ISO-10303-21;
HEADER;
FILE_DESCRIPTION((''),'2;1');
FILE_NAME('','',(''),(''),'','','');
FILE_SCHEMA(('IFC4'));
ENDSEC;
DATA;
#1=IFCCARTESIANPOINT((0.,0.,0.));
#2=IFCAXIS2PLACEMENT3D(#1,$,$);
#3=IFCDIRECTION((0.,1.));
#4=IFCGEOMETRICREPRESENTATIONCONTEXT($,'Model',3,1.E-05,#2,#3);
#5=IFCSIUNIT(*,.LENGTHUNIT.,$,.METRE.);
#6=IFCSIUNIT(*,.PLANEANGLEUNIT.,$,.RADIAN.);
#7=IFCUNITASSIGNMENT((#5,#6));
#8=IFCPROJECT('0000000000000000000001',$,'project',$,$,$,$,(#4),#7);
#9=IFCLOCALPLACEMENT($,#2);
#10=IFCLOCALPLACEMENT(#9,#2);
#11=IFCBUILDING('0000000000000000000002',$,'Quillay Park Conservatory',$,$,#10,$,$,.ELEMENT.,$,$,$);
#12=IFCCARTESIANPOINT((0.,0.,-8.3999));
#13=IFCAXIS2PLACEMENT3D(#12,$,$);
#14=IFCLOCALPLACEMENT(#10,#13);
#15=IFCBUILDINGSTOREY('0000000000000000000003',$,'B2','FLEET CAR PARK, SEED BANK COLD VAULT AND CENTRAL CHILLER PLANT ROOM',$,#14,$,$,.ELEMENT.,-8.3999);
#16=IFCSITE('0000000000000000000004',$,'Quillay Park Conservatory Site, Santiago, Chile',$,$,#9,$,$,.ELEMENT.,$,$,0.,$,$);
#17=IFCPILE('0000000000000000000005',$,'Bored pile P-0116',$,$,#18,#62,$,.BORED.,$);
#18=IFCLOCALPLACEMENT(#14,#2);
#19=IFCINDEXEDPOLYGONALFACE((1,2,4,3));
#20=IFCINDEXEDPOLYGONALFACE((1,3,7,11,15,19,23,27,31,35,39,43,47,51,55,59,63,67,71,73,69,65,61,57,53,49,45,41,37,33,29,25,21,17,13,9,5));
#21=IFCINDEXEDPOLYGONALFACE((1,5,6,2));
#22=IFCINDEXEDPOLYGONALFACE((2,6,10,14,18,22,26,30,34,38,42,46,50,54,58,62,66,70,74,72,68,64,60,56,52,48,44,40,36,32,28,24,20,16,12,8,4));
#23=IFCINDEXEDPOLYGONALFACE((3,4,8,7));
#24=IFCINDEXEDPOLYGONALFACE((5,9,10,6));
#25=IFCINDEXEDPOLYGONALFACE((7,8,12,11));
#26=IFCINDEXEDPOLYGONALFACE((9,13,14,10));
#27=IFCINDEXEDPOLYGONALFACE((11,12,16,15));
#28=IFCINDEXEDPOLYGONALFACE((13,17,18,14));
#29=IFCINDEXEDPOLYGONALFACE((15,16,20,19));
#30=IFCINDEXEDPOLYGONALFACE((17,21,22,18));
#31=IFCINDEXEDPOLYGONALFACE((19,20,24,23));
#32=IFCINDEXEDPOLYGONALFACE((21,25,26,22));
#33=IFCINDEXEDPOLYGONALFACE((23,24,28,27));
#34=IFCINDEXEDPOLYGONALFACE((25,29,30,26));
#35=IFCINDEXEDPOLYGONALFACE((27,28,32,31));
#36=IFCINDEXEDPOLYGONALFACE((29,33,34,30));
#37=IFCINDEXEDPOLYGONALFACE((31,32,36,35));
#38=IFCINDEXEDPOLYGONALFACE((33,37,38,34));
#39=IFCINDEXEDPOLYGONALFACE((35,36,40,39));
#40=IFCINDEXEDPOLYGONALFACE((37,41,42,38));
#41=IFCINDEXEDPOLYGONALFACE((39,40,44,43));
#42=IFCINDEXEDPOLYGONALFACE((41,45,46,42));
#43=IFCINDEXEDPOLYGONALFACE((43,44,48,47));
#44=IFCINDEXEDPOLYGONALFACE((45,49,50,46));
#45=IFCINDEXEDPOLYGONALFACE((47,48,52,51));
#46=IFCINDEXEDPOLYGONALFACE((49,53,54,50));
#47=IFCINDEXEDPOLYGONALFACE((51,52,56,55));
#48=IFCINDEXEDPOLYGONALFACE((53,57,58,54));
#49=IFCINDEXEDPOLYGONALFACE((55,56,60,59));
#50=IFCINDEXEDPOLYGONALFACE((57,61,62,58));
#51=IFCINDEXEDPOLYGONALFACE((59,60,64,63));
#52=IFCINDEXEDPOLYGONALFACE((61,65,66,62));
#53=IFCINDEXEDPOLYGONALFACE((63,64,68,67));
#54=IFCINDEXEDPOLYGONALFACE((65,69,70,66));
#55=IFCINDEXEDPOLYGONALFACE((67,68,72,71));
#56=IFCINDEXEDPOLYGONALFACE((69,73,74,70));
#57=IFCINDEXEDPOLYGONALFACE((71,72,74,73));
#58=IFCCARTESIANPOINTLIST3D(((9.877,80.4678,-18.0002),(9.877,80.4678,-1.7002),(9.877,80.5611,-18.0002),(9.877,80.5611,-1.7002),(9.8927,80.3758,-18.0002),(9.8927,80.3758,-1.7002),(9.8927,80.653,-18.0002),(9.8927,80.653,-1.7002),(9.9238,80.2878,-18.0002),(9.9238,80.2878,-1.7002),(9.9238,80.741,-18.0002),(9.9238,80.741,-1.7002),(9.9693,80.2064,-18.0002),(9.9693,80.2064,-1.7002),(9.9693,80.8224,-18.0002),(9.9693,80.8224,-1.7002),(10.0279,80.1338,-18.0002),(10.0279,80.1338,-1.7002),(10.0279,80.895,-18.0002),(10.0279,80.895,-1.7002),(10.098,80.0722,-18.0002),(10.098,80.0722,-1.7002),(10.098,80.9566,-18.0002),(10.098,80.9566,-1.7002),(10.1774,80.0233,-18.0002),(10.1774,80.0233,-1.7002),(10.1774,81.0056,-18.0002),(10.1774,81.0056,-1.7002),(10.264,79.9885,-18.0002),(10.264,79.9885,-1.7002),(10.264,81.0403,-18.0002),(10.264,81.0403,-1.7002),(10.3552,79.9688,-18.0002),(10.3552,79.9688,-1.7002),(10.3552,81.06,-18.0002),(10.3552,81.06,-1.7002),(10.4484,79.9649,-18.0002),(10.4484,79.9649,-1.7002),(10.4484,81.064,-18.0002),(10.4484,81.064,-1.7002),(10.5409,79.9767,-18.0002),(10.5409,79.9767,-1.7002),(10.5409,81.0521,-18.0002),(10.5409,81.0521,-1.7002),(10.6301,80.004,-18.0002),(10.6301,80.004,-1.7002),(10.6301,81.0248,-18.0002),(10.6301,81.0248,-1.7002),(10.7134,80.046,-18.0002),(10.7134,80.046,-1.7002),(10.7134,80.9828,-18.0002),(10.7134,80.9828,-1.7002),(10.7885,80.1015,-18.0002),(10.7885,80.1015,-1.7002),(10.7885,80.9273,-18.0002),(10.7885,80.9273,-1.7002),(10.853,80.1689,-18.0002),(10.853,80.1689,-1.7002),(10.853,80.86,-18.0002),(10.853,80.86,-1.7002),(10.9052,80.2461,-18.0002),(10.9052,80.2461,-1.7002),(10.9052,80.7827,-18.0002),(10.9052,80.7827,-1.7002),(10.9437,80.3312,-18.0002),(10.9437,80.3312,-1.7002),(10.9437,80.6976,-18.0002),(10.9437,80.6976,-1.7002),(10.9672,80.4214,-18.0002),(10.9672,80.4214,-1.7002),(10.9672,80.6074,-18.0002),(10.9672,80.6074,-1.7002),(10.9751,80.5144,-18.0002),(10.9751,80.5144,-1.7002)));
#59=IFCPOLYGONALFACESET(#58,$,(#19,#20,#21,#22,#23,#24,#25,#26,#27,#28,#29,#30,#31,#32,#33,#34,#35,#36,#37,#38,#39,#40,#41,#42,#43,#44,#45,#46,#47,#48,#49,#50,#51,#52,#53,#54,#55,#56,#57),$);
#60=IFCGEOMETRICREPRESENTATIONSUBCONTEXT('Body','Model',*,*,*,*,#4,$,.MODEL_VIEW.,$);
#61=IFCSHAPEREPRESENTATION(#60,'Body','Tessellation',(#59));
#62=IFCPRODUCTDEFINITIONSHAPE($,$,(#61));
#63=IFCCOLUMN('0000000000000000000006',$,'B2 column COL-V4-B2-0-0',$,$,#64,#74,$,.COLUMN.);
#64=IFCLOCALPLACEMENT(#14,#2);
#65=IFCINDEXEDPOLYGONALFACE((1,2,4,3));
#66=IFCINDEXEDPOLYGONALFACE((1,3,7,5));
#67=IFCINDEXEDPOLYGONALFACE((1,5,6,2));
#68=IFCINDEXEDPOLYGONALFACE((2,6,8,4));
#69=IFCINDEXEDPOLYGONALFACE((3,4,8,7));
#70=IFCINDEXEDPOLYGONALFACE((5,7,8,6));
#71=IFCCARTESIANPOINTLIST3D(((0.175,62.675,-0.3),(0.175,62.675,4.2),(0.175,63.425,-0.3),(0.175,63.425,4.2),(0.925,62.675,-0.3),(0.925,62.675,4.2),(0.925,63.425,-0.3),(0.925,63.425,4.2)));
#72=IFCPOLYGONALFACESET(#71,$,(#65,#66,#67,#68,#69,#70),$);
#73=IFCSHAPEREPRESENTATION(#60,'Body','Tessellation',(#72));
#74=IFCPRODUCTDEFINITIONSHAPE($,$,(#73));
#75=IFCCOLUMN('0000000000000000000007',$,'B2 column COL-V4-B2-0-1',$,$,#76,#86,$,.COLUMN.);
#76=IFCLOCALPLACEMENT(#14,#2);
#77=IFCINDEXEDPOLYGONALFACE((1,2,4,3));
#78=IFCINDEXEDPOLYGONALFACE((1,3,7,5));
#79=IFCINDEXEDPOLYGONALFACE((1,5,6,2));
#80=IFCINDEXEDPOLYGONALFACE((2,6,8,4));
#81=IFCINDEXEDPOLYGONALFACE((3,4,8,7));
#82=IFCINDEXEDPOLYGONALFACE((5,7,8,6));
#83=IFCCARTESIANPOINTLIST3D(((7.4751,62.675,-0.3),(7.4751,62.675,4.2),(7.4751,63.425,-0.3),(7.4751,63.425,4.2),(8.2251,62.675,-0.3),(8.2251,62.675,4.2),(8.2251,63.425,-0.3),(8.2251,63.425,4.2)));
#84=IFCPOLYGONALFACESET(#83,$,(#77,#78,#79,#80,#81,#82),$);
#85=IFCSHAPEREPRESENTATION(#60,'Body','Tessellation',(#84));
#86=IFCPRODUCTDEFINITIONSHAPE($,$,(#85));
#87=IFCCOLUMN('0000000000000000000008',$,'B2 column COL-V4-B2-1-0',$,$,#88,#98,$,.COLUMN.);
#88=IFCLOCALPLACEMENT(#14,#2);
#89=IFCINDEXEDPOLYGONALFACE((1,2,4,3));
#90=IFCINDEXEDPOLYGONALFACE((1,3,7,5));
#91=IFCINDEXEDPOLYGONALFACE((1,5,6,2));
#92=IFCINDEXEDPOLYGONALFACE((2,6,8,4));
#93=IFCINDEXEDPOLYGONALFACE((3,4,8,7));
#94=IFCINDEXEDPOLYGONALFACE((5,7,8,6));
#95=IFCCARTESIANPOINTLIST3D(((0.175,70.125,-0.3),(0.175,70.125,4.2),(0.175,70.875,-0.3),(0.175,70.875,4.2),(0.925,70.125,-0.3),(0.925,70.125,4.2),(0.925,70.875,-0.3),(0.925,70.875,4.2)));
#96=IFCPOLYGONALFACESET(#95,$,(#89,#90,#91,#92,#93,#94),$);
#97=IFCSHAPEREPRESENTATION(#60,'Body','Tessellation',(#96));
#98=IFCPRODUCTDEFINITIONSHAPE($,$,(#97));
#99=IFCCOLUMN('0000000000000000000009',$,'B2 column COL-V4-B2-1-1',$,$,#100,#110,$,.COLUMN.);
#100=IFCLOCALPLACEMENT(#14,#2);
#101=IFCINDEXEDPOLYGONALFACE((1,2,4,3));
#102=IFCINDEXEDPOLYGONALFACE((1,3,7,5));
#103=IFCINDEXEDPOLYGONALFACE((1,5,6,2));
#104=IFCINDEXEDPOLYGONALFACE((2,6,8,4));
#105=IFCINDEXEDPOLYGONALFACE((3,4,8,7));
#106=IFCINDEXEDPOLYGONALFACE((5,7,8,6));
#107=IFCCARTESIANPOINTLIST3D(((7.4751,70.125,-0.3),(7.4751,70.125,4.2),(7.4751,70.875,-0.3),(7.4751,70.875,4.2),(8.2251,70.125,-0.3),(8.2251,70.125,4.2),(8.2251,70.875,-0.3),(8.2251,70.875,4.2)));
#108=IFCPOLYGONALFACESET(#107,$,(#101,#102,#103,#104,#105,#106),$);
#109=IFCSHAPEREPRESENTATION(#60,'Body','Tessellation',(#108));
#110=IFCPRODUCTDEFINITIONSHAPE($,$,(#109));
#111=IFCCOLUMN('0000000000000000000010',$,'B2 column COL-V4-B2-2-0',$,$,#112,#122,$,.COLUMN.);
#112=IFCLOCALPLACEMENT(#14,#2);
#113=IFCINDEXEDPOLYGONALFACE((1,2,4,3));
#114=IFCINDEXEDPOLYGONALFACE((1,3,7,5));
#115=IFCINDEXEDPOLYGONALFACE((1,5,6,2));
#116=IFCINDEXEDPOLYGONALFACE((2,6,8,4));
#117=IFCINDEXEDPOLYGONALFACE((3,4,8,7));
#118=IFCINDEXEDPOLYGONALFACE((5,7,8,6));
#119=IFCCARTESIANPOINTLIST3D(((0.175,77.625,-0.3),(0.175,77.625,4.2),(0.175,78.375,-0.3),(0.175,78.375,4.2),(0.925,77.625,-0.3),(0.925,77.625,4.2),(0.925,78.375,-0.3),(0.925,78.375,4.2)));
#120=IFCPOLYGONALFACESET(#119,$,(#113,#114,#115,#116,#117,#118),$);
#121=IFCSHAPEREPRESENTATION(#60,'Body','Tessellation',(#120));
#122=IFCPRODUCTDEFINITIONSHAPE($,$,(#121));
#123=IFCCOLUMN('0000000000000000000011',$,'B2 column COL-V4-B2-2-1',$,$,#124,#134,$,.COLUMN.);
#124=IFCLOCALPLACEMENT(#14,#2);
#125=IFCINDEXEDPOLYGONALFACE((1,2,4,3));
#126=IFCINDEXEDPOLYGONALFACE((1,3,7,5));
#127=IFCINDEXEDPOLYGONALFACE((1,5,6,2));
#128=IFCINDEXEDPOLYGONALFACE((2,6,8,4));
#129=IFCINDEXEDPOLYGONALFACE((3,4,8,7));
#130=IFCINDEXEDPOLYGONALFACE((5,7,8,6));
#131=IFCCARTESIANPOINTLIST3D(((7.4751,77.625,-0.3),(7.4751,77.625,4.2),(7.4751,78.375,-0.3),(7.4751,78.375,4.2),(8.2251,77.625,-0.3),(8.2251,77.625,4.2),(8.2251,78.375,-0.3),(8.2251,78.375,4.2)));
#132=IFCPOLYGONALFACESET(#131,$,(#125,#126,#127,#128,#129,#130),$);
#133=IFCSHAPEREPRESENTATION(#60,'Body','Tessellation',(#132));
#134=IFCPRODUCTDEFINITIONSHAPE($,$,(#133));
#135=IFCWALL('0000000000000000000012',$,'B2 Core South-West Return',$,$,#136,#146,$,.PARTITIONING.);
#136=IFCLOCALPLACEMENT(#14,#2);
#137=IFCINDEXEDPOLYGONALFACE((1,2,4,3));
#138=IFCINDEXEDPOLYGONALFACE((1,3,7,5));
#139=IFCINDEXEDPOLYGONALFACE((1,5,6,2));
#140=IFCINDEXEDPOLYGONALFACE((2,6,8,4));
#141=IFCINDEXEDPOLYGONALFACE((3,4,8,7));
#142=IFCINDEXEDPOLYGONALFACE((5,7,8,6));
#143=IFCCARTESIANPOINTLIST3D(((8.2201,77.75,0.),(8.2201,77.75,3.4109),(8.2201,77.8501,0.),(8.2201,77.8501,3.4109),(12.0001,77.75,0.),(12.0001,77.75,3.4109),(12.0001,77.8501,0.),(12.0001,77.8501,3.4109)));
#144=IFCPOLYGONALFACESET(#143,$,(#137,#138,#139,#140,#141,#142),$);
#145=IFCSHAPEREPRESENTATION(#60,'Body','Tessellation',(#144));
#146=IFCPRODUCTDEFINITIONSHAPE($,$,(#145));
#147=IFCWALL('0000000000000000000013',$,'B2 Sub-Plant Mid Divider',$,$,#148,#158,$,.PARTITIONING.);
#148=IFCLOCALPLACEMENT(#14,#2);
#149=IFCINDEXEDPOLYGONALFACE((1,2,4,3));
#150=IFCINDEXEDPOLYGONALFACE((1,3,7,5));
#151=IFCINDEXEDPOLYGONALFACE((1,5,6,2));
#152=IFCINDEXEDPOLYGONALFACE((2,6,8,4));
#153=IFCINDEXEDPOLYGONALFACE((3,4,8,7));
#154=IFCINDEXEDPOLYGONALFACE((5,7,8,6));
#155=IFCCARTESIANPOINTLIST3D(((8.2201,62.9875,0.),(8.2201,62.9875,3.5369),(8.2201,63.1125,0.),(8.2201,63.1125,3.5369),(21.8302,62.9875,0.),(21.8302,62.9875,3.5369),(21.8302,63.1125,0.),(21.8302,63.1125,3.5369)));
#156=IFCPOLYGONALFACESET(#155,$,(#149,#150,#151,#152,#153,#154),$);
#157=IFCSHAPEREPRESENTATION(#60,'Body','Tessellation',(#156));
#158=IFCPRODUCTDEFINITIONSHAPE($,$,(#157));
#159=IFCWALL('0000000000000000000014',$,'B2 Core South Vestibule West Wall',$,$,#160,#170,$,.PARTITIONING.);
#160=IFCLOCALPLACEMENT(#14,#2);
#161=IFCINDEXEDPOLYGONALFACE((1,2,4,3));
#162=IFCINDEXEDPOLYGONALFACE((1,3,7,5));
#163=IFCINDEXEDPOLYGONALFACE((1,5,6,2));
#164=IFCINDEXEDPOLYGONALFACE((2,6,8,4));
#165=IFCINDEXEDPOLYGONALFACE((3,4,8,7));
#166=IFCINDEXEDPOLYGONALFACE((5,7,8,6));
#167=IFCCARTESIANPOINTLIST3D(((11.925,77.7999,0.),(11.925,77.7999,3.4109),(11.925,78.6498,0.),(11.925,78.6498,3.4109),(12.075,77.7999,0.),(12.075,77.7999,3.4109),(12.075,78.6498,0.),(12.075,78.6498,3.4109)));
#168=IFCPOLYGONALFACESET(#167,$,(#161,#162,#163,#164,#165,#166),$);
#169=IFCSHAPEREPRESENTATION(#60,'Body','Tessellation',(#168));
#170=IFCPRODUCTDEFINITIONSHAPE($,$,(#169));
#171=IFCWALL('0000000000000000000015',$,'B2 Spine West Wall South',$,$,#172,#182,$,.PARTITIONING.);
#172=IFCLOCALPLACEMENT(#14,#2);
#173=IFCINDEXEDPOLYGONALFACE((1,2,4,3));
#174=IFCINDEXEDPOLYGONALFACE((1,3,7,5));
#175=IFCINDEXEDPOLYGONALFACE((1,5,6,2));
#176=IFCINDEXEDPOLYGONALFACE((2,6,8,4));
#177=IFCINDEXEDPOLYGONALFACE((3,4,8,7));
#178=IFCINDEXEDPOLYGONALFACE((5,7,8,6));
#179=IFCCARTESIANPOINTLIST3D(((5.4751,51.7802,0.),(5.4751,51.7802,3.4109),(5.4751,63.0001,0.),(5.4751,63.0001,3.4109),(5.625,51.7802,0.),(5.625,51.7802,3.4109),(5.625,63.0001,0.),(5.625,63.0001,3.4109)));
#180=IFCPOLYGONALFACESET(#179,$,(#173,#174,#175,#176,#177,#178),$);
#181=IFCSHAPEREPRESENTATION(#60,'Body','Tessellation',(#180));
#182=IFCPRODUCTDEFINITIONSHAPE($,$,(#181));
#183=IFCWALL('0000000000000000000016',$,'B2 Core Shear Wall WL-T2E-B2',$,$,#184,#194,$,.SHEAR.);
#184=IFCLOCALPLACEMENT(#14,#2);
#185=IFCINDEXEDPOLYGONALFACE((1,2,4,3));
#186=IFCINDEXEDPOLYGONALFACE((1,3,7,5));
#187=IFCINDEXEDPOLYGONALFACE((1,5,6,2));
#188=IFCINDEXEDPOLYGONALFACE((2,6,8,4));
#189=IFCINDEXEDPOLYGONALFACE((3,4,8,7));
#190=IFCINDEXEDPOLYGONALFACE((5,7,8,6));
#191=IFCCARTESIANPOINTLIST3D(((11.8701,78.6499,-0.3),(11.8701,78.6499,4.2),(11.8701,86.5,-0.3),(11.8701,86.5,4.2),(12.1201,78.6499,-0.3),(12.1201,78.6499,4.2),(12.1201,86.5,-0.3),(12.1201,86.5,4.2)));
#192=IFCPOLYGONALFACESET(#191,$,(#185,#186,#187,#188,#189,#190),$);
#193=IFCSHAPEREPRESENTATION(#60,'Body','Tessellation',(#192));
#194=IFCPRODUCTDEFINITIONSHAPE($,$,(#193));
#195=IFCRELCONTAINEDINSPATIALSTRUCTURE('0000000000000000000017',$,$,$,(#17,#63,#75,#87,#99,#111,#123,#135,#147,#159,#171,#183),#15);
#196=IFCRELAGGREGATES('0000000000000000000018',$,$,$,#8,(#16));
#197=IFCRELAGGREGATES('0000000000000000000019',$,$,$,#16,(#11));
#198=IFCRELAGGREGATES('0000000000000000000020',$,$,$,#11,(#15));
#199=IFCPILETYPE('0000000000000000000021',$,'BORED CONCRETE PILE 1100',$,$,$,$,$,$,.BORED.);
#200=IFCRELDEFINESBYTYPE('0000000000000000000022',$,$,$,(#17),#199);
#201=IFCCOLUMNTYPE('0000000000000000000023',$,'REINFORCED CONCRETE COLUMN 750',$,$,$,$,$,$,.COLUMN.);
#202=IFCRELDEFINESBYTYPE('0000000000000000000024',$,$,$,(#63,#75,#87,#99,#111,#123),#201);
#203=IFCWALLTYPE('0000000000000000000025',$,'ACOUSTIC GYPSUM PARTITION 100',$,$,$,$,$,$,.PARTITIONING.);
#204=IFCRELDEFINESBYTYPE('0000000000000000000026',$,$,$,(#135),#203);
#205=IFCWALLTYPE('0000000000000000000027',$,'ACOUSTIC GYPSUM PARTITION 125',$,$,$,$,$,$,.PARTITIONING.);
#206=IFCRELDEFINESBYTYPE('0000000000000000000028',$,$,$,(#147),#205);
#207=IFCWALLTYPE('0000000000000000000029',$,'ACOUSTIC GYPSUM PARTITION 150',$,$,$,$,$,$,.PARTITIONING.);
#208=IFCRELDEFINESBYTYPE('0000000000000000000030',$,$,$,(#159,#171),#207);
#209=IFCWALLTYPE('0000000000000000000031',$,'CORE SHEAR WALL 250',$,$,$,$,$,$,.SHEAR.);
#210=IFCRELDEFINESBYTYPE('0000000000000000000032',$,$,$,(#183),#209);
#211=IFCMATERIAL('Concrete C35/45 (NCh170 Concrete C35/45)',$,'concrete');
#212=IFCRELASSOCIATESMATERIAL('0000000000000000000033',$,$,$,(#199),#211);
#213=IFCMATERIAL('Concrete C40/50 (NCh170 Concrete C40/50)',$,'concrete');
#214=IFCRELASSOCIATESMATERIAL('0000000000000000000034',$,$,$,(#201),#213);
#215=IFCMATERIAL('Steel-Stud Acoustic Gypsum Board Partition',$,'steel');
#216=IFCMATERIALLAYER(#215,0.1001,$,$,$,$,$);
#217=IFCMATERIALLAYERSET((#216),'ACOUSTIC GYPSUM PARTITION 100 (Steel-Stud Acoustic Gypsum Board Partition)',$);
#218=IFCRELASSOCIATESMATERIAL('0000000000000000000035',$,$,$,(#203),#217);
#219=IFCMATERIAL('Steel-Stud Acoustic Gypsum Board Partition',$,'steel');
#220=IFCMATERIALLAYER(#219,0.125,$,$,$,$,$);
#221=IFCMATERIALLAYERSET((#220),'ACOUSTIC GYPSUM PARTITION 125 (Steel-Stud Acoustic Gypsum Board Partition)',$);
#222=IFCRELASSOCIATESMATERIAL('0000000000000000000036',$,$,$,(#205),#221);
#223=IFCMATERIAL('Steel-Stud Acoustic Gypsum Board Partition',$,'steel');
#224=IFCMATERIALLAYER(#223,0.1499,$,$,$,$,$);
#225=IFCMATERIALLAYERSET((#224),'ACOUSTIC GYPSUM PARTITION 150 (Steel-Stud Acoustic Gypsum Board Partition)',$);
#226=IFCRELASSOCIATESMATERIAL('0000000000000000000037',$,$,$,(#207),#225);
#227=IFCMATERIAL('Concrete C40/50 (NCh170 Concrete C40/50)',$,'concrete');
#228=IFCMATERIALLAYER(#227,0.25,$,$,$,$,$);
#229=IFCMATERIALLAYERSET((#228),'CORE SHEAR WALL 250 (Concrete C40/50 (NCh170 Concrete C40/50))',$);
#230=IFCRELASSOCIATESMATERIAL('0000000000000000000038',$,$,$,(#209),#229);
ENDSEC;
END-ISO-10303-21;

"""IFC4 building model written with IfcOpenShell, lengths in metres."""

from ifc_helpers import new_model, si_unit, direction, frame, frame_2d, origin, origin_2d, place, context, subcontext, project, spatial, rectangle, circle, extrude, material, layer, layer_set, material_profile, profile_set, type_object, element, save


model = new_model("IFC4")

# Units and contexts
model_context = context("Model", 3, precision=1e-05, world=origin(), true_north=direction((0.0, 1.0)))
body_context = subcontext(model_context, "Body", "Model", "MODEL_VIEW")
ifc_project = project(units=[si_unit("LENGTHUNIT", "METRE"), si_unit("PLANEANGLEUNIT", "RADIAN")], contexts=[model_context])

# Site, building, storey
site_placement = place(None, origin())
site = spatial("IfcSite", under=ifc_project, at=site_placement, Name="Quillay Park Conservatory Site, Santiago, Chile", CompositionType="ELEMENT", RefElevation=0.0)
building_placement = place(site_placement, origin())
building = spatial("IfcBuilding", under=site, at=building_placement, Name="Quillay Park Conservatory", CompositionType="ELEMENT")
storey_placement = place(building_placement, frame((0.0, 0.0, -8.3999)))
storey = spatial("IfcBuildingStorey", under=building, at=storey_placement, Name="B2", Description="FLEET CAR PARK, SEED BANK COLD VAULT AND CENTRAL CHILLER PLANT ROOM", CompositionType="ELEMENT", Elevation=-8.3999)

# Pile
ifc_material_1 = material(Name="Concrete C35/45 (NCh170 Concrete C35/45)", Category="concrete")
ifc_material_profile_1 = material_profile(ifc_material_1, circle(Radius=0.55, at=origin_2d()), Name="PILE1100")
ifc_profile_set_1 = profile_set([ifc_material_profile_1], Name="Concrete C35/45 (NCh170 Concrete C35/45)")
pile_type = type_object("IfcPileType", Name="BORED CONCRETE PILE 1100", PredefinedType="BORED", material=ifc_profile_set_1)
for number, where, z_axis, x_axis, name in (
    (1, (10.425, 80.5144, -1.7002), (0.0, 0.0, -1.0), (1.0, 0.0, 0.0), "Bored pile P-0116"),
):
    element("IfcPile", number, at=place(storey_placement, frame(where, z_axis=z_axis, x_axis=x_axis)), inside=storey, type_object=pile_type, Name=name, PredefinedType="BORED", context=body_context, shape_type="SweptSolid", body=[
        extrude(circle(Radius=0.55, at=origin_2d()), origin(), (0.0, 0.0, 1.0), 16.3),
    ])

# Columns
ifc_material_2 = material(Name="Concrete C40/50 (NCh170 Concrete C40/50)", Category="concrete")
ifc_material_profile_2 = material_profile(ifc_material_2, rectangle(XDim=0.75, YDim=0.75, at=origin_2d()), Name="RC750x750")
ifc_profile_set_2 = profile_set([ifc_material_profile_2], Name="Concrete C40/50 (NCh170 Concrete C40/50)")
column_type = type_object("IfcColumnType", Name="REINFORCED CONCRETE COLUMN 750", PredefinedType="COLUMN", material=ifc_profile_set_2)
for number, where, z_axis, x_axis, name in (
    (2, (0.55, 63.05, -0.3), (0.0, 0.0, 1.0), (1.0, 0.0, 0.0), "B2 column COL-V4-B2-0-0"),
    (3, (7.8501, 63.05, -0.3), (0.0, 0.0, 1.0), (1.0, 0.0, 0.0), "B2 column COL-V4-B2-0-1"),
    (4, (0.55, 70.5, -0.3), (0.0, 0.0, 1.0), (1.0, 0.0, 0.0), "B2 column COL-V4-B2-1-0"),
    (5, (7.8501, 70.5, -0.3), (0.0, 0.0, 1.0), (1.0, 0.0, 0.0), "B2 column COL-V4-B2-1-1"),
    (6, (0.55, 78.0, -0.3), (0.0, 0.0, 1.0), (1.0, 0.0, 0.0), "B2 column COL-V4-B2-2-0"),
    (7, (7.8501, 78.0, -0.3), (0.0, 0.0, 1.0), (1.0, 0.0, 0.0), "B2 column COL-V4-B2-2-1"),
):
    element("IfcColumn", number, at=place(storey_placement, frame(where, z_axis=z_axis, x_axis=x_axis)), inside=storey, type_object=column_type, Name=name, PredefinedType="COLUMN", context=body_context, shape_type="SweptSolid", body=[
        extrude(rectangle(XDim=0.75, YDim=0.75, at=origin_2d()), origin(), (0.0, 0.0, 1.0), 4.5),
    ])

# Walls
ifc_material_3 = material(Name="Steel-Stud Acoustic Gypsum Board Partition", Category="steel")
ifc_layer_1 = layer(ifc_material_3, 0.1001)
ifc_layer_set_1 = layer_set([ifc_layer_1], Name="ACOUSTIC GYPSUM PARTITION 100 (Steel-Stud Acoustic Gypsum Board Partition)")
wall_type_1 = type_object("IfcWallType", Name="ACOUSTIC GYPSUM PARTITION 100", PredefinedType="PARTITIONING", material=ifc_layer_set_1)
wall_1_placement = place(storey_placement, frame((8.22, 77.8, 0.0), z_axis=(0.0, 0.0, 1.0), x_axis=(1.0, 0.0, 0.0)))
element("IfcWall", 8, at=wall_1_placement, inside=storey, type_object=wall_type_1, Name="B2 Core South-West Return", PredefinedType="PARTITIONING", context=body_context, shape_type="SweptSolid", body=[
    extrude(rectangle(XDim=3.78, YDim=0.1001, at=frame_2d((1.8901, 0.0))), origin(), (0.0, 0.0, 1.0), 3.4109),
])
ifc_material_4 = material(Name="Steel-Stud Acoustic Gypsum Board Partition", Category="steel")
ifc_layer_2 = layer(ifc_material_4, 0.125)
ifc_layer_set_2 = layer_set([ifc_layer_2], Name="ACOUSTIC GYPSUM PARTITION 125 (Steel-Stud Acoustic Gypsum Board Partition)")
wall_type_2 = type_object("IfcWallType", Name="ACOUSTIC GYPSUM PARTITION 125", PredefinedType="PARTITIONING", material=ifc_layer_set_2)
wall_2_placement = place(storey_placement, frame((8.22, 63.05, 0.0), z_axis=(0.0, 0.0, 1.0), x_axis=(1.0, 0.0, 0.0)))
element("IfcWall", 9, at=wall_2_placement, inside=storey, type_object=wall_type_2, Name="B2 Sub-Plant Mid Divider", PredefinedType="PARTITIONING", context=body_context, shape_type="SweptSolid", body=[
    extrude(rectangle(XDim=13.6101, YDim=0.125, at=frame_2d((6.8052, 0.0))), origin(), (0.0, 0.0, 1.0), 3.5369),
])
ifc_material_5 = material(Name="Steel-Stud Acoustic Gypsum Board Partition", Category="steel")
ifc_layer_3 = layer(ifc_material_5, 0.1499)
ifc_layer_set_3 = layer_set([ifc_layer_3], Name="ACOUSTIC GYPSUM PARTITION 150 (Steel-Stud Acoustic Gypsum Board Partition)")
wall_type_3 = type_object("IfcWallType", Name="ACOUSTIC GYPSUM PARTITION 150", PredefinedType="PARTITIONING", material=ifc_layer_set_3)
wall_3_placement = place(storey_placement, frame((12.0, 77.8, 0.0), z_axis=(0.0, 0.0, 1.0), x_axis=(0.0, 1.0, 0.0)))
element("IfcWall", 10, at=wall_3_placement, inside=storey, type_object=wall_type_3, Name="B2 Core South Vestibule West Wall", PredefinedType="PARTITIONING", context=body_context, shape_type="SweptSolid", body=[
    extrude(rectangle(XDim=0.8499, YDim=0.1499, at=frame_2d((0.4248, 0.0))), origin(), (0.0, 0.0, 1.0), 3.4109),
])
wall_4_placement = place(storey_placement, frame((5.55, 63.0, 0.0), z_axis=(0.0, 0.0, 1.0), x_axis=(0.0, -1.0, 0.0)))
element("IfcWall", 11, at=wall_4_placement, inside=storey, type_object=wall_type_3, Name="B2 Spine West Wall South", PredefinedType="PARTITIONING", context=body_context, shape_type="SweptSolid", body=[
    extrude(rectangle(XDim=11.22, YDim=0.1499, at=frame_2d((5.6099, 0.0))), origin(), (0.0, 0.0, 1.0), 3.4109),
])
ifc_material_6 = material(Name="Concrete C40/50 (NCh170 Concrete C40/50)", Category="concrete")
ifc_layer_4 = layer(ifc_material_6, 0.25)
ifc_layer_set_4 = layer_set([ifc_layer_4], Name="CORE SHEAR WALL 250 (Concrete C40/50 (NCh170 Concrete C40/50))")
wall_type_4 = type_object("IfcWallType", Name="CORE SHEAR WALL 250", PredefinedType="SHEAR", material=ifc_layer_set_4)
wall_5_placement = place(storey_placement, frame((11.9951, 78.6499, -0.3), z_axis=(0.0, 0.0, 1.0), x_axis=(0.0, 1.0, 0.0)))
element("IfcWall", 12, at=wall_5_placement, inside=storey, type_object=wall_type_4, Name="B2 Core Shear Wall WL-T2E-B2", PredefinedType="SHEAR", context=body_context, shape_type="SweptSolid", body=[
    extrude(rectangle(XDim=7.8501, YDim=0.25, at=frame_2d((3.925, 0.0))), origin(), (0.0, 0.0, 1.0), 4.5),
])

save(model, "model.ifc")
